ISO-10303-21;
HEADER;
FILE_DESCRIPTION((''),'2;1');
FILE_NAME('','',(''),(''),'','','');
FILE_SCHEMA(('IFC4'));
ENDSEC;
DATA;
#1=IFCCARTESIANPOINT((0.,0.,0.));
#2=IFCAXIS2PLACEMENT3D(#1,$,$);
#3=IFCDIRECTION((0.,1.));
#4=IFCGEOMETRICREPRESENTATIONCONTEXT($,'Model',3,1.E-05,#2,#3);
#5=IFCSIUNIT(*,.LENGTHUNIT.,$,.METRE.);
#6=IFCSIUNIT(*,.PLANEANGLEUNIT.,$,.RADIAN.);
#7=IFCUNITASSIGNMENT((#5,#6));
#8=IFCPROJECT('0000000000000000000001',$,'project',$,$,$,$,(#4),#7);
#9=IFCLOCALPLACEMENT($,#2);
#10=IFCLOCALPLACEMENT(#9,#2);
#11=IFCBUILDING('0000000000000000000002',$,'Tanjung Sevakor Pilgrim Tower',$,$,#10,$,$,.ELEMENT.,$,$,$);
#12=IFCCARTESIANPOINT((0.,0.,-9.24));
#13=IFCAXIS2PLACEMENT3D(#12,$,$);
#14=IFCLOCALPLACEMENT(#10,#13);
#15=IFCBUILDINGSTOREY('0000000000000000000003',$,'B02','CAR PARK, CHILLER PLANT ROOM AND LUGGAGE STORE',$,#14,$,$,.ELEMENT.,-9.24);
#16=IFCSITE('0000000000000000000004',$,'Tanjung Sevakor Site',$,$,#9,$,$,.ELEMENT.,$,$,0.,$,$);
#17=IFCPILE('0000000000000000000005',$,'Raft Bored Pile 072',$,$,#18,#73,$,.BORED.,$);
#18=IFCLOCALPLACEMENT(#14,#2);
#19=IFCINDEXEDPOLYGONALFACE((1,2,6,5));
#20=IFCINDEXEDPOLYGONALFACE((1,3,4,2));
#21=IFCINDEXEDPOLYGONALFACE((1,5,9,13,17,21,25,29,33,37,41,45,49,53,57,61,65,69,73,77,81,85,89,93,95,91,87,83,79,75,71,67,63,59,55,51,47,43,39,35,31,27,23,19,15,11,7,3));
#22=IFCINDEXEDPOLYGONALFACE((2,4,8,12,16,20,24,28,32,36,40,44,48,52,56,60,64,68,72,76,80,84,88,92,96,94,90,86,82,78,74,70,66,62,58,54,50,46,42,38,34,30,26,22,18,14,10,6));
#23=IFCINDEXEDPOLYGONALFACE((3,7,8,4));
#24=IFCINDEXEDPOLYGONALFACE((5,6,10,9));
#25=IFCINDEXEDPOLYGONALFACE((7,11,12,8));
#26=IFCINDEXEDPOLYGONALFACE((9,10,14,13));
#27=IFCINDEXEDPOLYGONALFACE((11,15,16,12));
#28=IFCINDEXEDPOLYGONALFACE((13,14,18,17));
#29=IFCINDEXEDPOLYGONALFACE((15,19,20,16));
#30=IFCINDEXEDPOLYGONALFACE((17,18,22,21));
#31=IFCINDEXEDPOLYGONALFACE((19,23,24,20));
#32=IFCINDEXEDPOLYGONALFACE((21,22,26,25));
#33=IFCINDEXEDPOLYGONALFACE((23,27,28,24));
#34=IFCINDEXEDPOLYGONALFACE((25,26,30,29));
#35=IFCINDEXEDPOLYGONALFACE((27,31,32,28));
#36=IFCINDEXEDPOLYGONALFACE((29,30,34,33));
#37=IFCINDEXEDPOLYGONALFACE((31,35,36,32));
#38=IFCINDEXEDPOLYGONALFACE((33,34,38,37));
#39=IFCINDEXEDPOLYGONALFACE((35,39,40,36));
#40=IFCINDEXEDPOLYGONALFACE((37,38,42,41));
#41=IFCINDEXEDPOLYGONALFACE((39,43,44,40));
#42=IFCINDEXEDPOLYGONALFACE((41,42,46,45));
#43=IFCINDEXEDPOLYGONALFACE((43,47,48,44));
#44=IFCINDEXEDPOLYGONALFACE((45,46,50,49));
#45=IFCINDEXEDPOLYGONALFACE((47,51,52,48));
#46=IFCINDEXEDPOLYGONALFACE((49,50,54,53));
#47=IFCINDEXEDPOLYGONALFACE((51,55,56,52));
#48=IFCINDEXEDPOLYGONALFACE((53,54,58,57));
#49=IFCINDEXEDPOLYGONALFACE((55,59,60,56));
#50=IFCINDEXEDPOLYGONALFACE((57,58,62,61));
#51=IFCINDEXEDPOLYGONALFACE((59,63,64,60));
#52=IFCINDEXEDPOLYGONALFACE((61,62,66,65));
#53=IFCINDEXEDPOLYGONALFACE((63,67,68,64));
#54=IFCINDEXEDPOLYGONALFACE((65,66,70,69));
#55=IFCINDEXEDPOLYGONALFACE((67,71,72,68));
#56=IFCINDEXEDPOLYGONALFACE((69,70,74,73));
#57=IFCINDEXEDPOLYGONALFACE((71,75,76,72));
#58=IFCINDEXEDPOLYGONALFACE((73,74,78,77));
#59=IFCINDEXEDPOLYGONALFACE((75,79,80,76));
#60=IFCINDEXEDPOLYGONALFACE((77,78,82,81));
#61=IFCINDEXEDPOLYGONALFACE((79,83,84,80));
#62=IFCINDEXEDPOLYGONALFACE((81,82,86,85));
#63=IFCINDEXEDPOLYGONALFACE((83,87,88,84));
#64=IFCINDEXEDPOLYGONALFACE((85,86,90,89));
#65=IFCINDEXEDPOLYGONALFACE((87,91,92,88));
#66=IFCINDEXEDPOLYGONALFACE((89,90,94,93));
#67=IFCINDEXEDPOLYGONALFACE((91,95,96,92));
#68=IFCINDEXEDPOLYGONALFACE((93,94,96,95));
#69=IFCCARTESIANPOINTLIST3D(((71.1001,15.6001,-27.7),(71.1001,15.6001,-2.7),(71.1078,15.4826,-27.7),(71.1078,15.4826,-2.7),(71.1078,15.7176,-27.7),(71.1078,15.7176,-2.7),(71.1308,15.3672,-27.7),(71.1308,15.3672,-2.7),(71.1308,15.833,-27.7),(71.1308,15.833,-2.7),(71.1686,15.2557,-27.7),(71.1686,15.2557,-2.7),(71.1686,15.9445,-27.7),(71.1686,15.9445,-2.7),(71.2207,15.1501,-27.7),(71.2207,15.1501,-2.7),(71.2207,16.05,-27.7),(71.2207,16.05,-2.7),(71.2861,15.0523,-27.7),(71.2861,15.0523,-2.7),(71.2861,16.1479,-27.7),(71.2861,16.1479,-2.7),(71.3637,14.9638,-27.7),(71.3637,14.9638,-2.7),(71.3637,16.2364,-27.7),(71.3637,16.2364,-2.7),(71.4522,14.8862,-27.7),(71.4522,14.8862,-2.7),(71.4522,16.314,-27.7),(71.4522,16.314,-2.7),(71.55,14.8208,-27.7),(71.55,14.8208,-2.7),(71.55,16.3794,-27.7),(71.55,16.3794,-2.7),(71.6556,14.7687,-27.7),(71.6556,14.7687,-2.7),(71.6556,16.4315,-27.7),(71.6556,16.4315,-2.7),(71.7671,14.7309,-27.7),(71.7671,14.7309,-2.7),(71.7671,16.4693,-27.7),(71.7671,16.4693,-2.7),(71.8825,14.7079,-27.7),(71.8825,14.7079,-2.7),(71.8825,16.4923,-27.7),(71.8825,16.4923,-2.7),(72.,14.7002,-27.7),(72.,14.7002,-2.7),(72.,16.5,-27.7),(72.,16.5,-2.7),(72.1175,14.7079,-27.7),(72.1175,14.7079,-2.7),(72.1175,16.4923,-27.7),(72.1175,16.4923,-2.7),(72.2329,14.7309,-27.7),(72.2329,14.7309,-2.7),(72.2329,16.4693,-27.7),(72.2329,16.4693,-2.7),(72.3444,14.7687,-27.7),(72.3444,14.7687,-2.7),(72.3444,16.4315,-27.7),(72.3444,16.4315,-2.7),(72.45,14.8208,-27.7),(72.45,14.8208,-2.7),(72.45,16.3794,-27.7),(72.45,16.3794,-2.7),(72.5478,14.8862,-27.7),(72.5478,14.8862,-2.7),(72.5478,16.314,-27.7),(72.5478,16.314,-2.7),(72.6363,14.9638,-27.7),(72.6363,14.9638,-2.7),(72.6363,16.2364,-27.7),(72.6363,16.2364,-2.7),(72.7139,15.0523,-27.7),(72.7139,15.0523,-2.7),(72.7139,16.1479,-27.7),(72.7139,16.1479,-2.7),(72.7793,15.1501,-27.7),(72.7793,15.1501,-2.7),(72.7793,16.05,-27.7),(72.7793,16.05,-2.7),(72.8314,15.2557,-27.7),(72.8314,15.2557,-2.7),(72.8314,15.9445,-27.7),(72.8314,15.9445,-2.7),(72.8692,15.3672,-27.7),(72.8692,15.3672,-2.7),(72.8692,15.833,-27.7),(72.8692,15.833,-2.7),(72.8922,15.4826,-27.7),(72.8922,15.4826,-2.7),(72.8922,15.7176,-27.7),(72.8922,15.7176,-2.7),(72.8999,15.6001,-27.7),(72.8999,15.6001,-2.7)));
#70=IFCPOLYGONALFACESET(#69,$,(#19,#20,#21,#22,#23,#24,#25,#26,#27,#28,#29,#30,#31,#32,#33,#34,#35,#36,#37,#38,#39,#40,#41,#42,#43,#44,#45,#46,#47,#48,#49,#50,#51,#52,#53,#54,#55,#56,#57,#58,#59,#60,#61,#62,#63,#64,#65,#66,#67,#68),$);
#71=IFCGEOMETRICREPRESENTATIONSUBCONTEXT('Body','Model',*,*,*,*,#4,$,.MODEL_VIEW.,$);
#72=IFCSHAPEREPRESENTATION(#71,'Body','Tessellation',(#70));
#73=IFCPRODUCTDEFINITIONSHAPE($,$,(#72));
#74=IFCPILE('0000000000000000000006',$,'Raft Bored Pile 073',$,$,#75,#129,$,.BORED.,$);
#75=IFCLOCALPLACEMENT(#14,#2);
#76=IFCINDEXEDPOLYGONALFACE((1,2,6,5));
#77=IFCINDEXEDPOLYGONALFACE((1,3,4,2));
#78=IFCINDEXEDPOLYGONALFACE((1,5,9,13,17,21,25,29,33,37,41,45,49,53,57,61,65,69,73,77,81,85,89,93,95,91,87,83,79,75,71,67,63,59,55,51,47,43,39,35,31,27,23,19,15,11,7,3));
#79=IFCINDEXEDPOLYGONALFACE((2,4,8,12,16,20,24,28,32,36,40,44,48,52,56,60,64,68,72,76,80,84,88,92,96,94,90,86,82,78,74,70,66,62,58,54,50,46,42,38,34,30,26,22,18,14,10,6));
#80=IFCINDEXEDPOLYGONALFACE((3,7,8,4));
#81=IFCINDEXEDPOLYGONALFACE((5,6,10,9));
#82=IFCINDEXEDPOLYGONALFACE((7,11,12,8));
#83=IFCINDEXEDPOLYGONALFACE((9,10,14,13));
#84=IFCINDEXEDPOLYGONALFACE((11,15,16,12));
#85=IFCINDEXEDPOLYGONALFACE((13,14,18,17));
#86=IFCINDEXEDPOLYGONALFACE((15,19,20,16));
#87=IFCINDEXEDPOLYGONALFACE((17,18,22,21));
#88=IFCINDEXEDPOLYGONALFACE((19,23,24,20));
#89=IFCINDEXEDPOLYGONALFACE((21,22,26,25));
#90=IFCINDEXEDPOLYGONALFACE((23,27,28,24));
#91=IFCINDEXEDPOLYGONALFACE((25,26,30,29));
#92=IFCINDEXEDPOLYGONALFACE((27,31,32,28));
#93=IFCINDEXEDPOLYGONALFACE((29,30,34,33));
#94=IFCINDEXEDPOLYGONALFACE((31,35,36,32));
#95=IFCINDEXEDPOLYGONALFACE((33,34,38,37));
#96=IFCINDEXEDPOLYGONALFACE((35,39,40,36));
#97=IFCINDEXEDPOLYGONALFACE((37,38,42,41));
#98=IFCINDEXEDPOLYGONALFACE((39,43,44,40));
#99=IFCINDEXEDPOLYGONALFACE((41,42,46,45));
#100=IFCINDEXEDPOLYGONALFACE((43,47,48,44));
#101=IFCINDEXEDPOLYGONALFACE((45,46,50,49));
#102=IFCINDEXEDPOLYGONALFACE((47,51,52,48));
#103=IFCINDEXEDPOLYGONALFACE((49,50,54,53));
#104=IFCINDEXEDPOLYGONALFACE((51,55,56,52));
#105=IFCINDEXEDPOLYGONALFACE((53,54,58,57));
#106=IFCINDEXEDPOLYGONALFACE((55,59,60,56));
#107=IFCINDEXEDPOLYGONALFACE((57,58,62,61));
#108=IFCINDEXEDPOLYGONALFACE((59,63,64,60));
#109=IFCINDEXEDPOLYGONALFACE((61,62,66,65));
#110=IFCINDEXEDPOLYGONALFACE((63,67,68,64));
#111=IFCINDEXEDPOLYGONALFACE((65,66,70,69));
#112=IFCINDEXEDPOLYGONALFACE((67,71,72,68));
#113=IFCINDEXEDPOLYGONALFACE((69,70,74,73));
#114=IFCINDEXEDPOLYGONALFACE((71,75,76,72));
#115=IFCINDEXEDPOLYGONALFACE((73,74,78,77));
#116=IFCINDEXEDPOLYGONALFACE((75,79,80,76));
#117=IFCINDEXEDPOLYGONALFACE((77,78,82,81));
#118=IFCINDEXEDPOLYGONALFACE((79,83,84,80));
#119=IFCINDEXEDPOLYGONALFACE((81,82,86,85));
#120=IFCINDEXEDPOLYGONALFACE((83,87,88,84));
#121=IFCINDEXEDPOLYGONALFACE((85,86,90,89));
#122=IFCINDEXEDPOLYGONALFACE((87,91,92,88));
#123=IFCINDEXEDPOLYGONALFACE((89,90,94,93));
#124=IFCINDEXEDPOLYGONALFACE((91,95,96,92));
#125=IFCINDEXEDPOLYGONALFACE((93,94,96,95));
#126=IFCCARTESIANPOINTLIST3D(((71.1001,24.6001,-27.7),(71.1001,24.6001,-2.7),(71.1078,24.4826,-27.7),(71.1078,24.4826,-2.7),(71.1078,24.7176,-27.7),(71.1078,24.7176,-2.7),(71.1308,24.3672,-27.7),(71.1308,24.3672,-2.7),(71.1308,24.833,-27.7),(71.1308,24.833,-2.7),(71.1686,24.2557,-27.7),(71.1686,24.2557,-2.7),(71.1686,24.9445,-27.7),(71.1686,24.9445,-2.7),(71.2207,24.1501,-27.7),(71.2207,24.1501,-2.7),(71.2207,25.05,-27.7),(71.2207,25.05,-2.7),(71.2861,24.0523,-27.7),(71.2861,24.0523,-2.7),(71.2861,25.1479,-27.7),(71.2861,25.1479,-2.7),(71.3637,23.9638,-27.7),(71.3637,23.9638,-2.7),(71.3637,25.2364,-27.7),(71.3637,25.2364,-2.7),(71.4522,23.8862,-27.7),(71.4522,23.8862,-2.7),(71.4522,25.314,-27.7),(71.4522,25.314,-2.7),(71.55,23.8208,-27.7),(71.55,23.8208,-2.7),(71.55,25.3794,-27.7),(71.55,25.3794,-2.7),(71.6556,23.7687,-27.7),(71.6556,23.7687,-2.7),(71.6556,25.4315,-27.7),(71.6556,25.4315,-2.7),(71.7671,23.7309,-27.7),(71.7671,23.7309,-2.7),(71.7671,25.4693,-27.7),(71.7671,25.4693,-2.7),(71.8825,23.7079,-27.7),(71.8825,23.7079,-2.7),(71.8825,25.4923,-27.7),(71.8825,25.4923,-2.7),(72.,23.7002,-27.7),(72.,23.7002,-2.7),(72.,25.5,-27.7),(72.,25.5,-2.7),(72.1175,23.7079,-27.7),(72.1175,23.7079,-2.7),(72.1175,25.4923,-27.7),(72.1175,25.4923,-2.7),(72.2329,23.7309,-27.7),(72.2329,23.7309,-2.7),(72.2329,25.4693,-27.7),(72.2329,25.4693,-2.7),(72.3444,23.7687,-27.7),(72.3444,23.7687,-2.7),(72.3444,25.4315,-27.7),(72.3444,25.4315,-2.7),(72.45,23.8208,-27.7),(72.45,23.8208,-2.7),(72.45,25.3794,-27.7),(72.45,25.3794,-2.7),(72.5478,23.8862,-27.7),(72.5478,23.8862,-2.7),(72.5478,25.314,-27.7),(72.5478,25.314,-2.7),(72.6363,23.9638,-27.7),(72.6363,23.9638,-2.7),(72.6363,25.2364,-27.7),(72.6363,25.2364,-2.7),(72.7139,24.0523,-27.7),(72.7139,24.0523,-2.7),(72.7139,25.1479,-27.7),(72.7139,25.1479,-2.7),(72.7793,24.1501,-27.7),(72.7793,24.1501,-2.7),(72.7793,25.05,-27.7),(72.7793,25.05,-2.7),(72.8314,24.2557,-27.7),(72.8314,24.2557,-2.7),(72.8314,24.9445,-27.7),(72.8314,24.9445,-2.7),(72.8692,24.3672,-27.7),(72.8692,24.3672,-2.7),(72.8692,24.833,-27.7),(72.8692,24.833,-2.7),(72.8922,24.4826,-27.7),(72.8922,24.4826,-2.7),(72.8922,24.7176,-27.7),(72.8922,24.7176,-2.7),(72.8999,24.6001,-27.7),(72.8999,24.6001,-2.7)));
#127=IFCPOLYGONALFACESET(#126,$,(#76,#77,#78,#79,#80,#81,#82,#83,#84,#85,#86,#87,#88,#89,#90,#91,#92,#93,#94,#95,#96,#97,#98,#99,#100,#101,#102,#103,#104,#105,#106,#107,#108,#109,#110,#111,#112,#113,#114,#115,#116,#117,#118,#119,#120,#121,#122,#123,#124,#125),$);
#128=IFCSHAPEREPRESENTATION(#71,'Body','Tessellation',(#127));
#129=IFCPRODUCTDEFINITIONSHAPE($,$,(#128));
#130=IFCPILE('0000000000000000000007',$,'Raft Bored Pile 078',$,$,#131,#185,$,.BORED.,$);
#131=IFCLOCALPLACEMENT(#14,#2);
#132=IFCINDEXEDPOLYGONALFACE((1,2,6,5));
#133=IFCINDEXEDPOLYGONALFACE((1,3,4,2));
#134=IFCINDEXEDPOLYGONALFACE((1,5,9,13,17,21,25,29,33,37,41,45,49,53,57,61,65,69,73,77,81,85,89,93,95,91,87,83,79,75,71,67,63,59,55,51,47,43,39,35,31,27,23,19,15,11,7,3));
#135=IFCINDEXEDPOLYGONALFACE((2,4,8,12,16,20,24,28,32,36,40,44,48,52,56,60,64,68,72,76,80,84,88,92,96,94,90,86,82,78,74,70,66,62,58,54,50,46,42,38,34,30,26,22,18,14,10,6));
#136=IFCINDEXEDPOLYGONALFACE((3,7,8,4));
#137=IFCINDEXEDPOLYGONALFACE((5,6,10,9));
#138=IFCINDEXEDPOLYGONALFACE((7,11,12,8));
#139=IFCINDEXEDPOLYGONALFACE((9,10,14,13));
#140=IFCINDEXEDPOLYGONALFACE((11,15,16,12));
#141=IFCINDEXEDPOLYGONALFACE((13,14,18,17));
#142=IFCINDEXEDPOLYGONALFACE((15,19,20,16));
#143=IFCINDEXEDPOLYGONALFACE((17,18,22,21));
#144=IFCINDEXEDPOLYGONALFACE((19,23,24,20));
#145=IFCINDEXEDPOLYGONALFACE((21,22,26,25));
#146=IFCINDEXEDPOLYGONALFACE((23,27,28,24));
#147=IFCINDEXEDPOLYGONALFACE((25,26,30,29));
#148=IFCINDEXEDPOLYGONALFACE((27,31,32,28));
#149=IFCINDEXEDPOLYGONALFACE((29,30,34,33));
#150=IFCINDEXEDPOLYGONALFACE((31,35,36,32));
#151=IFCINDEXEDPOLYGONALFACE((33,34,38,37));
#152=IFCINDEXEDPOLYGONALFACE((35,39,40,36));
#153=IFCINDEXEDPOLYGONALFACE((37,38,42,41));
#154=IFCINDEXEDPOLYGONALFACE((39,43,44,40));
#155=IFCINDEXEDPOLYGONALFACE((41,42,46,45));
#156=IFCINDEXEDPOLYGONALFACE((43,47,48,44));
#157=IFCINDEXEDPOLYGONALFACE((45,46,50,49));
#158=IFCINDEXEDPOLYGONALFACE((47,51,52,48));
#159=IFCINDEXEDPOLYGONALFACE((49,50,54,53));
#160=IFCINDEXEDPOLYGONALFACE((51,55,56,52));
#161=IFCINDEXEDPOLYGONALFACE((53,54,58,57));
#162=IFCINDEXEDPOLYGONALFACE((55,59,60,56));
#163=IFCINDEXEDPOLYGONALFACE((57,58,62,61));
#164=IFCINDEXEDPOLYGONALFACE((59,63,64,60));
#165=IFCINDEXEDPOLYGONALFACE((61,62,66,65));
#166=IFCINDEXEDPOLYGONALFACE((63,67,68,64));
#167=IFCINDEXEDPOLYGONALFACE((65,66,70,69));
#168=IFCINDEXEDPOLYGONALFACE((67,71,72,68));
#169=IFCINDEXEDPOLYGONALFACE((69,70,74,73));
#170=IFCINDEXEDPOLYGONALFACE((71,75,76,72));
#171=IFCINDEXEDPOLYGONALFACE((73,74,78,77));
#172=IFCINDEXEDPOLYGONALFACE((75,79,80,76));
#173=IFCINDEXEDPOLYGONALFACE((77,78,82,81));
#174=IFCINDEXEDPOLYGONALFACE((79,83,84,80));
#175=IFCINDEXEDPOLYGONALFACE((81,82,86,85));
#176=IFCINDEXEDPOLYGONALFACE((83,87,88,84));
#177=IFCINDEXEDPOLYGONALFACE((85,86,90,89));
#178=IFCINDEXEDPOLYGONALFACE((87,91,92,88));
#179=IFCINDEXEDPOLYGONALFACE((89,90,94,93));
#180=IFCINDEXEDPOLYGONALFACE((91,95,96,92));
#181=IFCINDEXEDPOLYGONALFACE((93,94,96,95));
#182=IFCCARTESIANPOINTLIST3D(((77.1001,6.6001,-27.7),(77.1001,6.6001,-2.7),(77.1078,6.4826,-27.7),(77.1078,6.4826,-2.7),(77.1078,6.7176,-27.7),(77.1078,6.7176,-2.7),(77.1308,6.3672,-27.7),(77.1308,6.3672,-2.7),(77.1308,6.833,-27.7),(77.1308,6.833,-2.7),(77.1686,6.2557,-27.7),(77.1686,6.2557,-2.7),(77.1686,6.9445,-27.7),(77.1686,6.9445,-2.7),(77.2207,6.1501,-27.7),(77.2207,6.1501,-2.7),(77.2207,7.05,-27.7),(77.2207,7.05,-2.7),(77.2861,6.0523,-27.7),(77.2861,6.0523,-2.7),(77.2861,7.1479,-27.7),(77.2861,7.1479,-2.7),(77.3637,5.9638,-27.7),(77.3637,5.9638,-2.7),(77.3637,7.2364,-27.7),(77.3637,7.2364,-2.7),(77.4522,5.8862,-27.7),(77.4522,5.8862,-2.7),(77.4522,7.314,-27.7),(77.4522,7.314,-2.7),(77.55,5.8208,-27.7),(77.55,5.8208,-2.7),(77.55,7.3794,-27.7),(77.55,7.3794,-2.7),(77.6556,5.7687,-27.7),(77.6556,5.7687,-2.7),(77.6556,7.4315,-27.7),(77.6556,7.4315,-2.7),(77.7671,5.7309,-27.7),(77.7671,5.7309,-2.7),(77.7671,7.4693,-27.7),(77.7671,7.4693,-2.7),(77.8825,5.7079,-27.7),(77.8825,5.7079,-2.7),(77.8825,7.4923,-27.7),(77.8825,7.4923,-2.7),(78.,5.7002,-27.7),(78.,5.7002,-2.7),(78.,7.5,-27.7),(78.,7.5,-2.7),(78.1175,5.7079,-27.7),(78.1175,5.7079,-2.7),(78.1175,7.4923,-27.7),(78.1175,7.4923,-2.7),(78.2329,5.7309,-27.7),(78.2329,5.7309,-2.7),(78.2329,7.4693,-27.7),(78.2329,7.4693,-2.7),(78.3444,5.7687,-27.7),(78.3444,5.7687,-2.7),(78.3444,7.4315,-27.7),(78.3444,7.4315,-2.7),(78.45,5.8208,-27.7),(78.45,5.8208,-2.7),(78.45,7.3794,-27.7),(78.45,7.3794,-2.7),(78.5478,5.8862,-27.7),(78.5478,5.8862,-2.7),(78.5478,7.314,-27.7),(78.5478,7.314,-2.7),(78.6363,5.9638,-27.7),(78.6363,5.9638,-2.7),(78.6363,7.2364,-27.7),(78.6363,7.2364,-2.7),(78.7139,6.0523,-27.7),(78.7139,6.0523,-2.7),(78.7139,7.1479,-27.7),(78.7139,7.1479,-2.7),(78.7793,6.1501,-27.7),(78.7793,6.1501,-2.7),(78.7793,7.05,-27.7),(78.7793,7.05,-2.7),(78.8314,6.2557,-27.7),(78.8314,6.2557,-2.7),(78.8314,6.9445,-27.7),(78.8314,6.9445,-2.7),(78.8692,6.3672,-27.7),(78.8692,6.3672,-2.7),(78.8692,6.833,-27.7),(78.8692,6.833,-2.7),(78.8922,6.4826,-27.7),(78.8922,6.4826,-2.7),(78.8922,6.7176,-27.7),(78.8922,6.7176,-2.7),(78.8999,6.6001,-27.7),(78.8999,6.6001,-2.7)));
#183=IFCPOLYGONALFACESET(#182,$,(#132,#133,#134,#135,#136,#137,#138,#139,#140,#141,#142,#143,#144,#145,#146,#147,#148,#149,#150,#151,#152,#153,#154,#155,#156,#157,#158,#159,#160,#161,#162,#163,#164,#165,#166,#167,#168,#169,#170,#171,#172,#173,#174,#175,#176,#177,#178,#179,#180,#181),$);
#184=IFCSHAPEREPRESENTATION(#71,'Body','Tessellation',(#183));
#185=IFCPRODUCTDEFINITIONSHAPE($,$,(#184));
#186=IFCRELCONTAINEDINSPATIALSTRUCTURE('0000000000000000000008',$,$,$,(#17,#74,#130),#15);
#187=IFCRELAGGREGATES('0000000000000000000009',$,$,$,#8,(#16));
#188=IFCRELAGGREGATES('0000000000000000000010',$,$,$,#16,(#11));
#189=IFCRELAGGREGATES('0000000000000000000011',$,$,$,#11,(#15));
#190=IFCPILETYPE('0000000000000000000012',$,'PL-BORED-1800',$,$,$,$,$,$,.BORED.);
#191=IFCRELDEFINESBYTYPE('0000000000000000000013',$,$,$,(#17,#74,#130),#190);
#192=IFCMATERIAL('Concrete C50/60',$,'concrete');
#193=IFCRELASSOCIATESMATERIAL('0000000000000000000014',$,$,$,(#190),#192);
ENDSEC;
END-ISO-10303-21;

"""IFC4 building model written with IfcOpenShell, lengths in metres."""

from ifc_helpers import new_model, si_unit, direction, frame, origin, origin_2d, place, context, subcontext, project, spatial, circle, extrude, material, material_profile, profile_set, type_object, element, save


model = new_model("IFC4")

# Units and contexts
model_context = context("Model", 3, precision=1e-05, world=origin(), true_north=direction((0.0, 1.0)))
body_context = subcontext(model_context, "Body", "Model", "MODEL_VIEW")
ifc_project = project(units=[si_unit("LENGTHUNIT", "METRE"), si_unit("PLANEANGLEUNIT", "RADIAN")], contexts=[model_context])

# Site, building, storey
site_placement = place(None, origin())
site = spatial("IfcSite", under=ifc_project, at=site_placement, Name="Tanjung Sevakor Site", CompositionType="ELEMENT", RefElevation=0.0)
building_placement = place(site_placement, origin())
building = spatial("IfcBuilding", under=site, at=building_placement, Name="Tanjung Sevakor Pilgrim Tower", CompositionType="ELEMENT")
storey_placement = place(building_placement, frame((0.0, 0.0, -9.24)))
storey = spatial("IfcBuildingStorey", under=building, at=storey_placement, Name="B02", Description="CAR PARK, CHILLER PLANT ROOM AND LUGGAGE STORE", CompositionType="ELEMENT", Elevation=-9.24)

# Piles
ifc_material_1 = material(Name="Concrete C50/60", Category="concrete")
ifc_material_profile_1 = material_profile(ifc_material_1, circle(Radius=0.8999, at=origin_2d()))
ifc_profile_set_1 = profile_set([ifc_material_profile_1], Name="Concrete C50/60")
pile_type = type_object("IfcPileType", Name="PL-BORED-1800", PredefinedType="BORED", material=ifc_profile_set_1)
for number, where, z_axis, x_axis, name in (
    (1, (72.0, 15.6001, -2.7), (0.0, 0.0, -1.0), (1.0, 0.0, 0.0), "Raft Bored Pile 072"),
    (2, (72.0, 24.6001, -2.7), (0.0, 0.0, -1.0), (1.0, 0.0, 0.0), "Raft Bored Pile 073"),
    (3, (78.0, 6.6001, -2.7), (0.0, 0.0, -1.0), (1.0, 0.0, 0.0), "Raft Bored Pile 078"),
):
    element("IfcPile", number, at=place(storey_placement, frame(where, z_axis=z_axis, x_axis=x_axis)), inside=storey, type_object=pile_type, Name=name, PredefinedType="BORED", context=body_context, shape_type="SweptSolid", body=[
        extrude(circle(Radius=0.8999, at=origin_2d()), origin(), (0.0, 0.0, 1.0), 25.0),
    ])

save(model, "model.ifc")
